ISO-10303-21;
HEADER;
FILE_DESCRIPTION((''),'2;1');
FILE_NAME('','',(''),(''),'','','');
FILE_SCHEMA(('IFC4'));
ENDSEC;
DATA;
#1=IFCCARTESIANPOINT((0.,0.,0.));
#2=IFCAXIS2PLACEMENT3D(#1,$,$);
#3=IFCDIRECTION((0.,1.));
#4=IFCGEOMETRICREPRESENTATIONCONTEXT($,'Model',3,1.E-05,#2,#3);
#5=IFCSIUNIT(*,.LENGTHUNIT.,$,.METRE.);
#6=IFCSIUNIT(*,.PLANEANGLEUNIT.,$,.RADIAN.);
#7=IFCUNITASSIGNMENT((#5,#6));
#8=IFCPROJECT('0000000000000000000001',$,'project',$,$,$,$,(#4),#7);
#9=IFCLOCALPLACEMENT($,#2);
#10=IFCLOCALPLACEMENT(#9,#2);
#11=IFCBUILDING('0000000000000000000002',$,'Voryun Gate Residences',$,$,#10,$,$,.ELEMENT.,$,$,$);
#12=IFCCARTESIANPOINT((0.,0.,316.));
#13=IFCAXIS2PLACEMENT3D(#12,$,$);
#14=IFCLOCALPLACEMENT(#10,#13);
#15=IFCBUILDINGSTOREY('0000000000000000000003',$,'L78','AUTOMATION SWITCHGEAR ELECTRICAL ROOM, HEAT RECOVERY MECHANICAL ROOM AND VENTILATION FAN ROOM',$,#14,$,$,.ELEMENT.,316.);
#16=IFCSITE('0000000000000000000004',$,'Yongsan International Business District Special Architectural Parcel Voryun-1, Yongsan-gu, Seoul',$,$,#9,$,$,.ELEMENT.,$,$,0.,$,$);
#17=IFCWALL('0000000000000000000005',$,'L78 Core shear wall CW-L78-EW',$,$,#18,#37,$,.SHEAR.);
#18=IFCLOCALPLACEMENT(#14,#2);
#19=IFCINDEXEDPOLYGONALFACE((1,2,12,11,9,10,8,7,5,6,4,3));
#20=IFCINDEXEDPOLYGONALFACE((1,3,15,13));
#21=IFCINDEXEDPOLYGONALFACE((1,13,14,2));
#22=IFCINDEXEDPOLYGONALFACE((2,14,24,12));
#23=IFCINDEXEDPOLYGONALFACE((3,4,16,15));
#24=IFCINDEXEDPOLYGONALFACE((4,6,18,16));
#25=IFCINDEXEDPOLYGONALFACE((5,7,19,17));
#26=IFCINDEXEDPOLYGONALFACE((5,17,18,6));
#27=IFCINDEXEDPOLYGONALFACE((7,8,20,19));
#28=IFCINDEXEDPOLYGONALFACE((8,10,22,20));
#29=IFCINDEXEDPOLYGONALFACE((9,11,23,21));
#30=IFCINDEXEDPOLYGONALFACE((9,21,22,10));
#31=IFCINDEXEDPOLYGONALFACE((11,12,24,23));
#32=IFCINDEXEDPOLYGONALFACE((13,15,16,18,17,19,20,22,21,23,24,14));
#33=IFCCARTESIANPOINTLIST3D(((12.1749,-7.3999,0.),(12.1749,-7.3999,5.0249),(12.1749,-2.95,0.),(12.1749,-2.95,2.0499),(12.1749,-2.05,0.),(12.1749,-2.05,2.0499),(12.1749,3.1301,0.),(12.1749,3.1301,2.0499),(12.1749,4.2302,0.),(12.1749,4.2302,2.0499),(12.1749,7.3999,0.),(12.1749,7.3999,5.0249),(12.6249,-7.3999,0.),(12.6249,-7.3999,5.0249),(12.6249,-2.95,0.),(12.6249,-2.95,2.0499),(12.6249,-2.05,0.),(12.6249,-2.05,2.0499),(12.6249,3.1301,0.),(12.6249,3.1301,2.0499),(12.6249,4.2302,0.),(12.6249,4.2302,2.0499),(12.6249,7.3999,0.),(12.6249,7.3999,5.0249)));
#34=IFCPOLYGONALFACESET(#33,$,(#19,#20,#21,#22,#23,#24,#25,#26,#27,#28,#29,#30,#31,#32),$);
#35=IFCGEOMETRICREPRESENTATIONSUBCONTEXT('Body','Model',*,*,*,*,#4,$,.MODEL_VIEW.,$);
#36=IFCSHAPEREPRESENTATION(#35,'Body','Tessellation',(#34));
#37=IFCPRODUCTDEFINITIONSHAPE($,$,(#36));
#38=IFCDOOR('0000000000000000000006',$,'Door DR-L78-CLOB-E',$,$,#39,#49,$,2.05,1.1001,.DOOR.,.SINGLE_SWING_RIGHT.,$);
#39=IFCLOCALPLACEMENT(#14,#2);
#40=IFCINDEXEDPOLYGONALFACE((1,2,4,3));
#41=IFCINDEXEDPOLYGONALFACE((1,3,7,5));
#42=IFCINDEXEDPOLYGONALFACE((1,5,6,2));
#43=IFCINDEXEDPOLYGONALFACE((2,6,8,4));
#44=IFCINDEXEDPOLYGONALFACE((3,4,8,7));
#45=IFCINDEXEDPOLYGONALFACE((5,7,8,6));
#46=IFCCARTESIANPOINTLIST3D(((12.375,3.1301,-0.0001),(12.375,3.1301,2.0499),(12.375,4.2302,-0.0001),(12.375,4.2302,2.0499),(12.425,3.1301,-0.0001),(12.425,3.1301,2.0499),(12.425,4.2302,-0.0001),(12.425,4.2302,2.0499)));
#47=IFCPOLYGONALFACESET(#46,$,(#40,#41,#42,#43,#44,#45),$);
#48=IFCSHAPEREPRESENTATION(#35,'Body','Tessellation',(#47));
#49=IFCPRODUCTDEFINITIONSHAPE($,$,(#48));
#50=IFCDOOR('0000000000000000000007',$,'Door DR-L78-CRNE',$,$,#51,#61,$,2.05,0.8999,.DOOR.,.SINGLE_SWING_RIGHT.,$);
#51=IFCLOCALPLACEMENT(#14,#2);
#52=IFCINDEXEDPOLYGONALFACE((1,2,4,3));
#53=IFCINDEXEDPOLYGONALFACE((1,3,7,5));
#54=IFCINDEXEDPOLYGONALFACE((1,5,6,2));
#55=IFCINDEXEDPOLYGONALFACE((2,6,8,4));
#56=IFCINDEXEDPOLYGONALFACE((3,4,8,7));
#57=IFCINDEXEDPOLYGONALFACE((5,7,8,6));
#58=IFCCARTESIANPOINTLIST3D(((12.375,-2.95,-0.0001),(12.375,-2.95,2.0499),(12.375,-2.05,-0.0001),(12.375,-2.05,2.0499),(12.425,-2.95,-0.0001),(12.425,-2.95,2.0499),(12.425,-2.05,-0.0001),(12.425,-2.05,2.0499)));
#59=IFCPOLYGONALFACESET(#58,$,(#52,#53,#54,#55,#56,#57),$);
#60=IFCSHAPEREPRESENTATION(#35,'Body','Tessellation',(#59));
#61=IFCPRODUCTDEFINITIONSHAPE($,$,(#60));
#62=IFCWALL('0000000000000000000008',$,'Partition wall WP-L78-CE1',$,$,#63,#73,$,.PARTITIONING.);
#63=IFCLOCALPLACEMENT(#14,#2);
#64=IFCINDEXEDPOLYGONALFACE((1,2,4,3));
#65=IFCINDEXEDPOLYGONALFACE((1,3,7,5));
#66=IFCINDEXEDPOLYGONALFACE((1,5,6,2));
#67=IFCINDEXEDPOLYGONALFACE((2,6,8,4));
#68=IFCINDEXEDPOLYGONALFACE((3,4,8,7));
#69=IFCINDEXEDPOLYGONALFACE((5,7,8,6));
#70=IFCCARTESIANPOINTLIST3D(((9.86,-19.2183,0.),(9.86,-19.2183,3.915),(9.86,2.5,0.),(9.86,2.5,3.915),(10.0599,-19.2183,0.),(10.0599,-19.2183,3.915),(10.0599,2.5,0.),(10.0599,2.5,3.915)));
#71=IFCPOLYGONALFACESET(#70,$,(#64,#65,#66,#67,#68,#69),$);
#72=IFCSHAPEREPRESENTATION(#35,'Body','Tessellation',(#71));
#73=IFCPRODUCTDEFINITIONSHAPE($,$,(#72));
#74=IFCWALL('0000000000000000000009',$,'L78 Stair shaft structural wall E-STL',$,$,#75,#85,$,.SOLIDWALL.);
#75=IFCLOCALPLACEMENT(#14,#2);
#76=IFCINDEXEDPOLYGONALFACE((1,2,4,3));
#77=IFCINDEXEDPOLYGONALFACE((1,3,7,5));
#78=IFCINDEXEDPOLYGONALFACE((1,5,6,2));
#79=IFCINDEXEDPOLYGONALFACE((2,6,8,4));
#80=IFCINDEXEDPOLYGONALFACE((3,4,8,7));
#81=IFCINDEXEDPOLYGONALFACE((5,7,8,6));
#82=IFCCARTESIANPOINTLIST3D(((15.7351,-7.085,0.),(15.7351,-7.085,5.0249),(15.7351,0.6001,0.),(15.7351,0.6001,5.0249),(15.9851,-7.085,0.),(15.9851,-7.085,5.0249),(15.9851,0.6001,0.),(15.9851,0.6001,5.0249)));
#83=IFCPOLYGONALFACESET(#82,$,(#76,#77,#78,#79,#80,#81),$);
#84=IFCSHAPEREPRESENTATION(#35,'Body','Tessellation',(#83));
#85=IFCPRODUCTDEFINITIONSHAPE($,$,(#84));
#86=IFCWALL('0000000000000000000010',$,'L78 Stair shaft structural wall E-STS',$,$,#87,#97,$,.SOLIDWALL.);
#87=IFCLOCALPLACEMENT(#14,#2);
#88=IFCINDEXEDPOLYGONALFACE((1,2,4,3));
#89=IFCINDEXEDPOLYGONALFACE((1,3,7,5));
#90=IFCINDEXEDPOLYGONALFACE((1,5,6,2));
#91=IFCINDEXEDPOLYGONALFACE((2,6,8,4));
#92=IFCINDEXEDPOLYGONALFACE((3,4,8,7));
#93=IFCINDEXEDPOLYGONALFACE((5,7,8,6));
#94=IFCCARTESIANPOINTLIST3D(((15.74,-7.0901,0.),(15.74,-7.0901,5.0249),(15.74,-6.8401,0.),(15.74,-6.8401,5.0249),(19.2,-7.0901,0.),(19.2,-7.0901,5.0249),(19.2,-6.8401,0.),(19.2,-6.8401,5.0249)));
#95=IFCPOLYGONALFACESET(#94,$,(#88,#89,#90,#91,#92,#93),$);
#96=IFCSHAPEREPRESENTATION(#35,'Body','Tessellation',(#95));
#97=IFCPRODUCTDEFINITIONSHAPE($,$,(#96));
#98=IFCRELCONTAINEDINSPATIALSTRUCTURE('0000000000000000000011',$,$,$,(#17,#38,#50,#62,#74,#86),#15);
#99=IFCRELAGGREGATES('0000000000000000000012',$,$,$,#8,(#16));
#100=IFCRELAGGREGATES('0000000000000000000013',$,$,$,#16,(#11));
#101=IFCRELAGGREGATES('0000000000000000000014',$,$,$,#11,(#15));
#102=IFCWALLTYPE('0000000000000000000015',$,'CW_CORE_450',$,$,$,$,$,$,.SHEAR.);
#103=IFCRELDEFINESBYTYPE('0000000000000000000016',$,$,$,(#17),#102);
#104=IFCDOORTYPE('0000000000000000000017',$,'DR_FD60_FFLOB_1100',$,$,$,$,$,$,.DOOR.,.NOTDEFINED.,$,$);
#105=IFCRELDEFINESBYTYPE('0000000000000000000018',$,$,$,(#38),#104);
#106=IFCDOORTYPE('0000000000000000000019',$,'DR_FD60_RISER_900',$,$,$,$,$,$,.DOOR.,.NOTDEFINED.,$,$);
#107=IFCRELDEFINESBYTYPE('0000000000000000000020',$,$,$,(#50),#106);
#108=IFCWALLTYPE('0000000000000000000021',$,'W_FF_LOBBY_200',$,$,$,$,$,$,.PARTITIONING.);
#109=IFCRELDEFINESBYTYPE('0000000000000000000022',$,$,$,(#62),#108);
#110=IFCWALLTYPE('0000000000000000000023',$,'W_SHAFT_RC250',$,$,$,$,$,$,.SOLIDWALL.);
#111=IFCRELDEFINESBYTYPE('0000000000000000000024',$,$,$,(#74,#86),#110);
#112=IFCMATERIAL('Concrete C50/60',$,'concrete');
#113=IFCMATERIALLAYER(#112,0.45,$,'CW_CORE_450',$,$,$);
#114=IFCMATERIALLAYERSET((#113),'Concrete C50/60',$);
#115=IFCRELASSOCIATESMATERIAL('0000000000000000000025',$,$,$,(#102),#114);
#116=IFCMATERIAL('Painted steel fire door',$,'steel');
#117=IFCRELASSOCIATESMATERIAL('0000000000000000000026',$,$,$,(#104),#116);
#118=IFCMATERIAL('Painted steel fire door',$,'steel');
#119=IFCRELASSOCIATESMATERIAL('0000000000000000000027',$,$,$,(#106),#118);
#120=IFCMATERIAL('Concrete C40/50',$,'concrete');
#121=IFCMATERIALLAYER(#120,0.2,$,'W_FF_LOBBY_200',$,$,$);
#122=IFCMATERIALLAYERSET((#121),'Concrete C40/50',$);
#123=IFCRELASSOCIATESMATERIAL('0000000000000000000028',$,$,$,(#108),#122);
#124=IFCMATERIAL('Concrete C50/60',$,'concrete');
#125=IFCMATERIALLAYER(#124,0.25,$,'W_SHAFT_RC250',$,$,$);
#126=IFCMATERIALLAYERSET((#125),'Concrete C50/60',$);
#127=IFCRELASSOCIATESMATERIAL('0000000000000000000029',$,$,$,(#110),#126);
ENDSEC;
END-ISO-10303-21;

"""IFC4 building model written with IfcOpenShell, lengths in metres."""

from ifc_helpers import new_model, si_unit, direction, frame, frame_2d, origin, place, context, subcontext, project, spatial, rectangle, extrude, material, layer, layer_set, type_object, element, fill, save


model = new_model("IFC4")

# Units and contexts
model_context = context("Model", 3, precision=1e-05, world=origin(), true_north=direction((0.0, 1.0)))
body_context = subcontext(model_context, "Body", "Model", "MODEL_VIEW")
ifc_project = project(units=[si_unit("LENGTHUNIT", "METRE"), si_unit("PLANEANGLEUNIT", "RADIAN")], contexts=[model_context])

# Site, building, storey
site_placement = place(None, origin())
site = spatial("IfcSite", under=ifc_project, at=site_placement, Name="Yongsan International Business District Special Architectural Parcel Voryun-1, Yongsan-gu, Seoul", CompositionType="ELEMENT", RefElevation=0.0)
building_placement = place(site_placement, origin())
building = spatial("IfcBuilding", under=site, at=building_placement, Name="Voryun Gate Residences", CompositionType="ELEMENT")
storey_placement = place(building_placement, frame((0.0, 0.0, 316.0)))
storey = spatial("IfcBuildingStorey", under=building, at=storey_placement, Name="L78", Description="AUTOMATION SWITCHGEAR ELECTRICAL ROOM, HEAT RECOVERY MECHANICAL ROOM AND VENTILATION FAN ROOM", CompositionType="ELEMENT", Elevation=316.0)

# Shared definitions
ifc_material_1 = material(Name="Concrete C50/60", Category="concrete")
ifc_layer_1 = layer(ifc_material_1, 0.45, Name="CW_CORE_450")
ifc_layer_set_1 = layer_set([ifc_layer_1], Name="Concrete C50/60")
wall_type_1 = type_object("IfcWallType", Name="CW_CORE_450", PredefinedType="SHEAR", material=ifc_layer_set_1)

# Wall, openings, doors
wall_1_placement = place(storey_placement, frame((12.3999, -7.3999, 0.0), z_axis=(0.0, 0.0, 1.0), x_axis=(0.0, 1.0, 0.0)))
wall_1 = element("IfcWall", 1, at=wall_1_placement, inside=storey, type_object=wall_type_1, Name="L78 Core shear wall CW-L78-EW", PredefinedType="SHEAR", context=body_context, shape_type="SweptSolid", body=[
    extrude(rectangle(XDim=14.7998, YDim=0.45, at=frame_2d((7.3999, 0.0))), origin(), (0.0, 0.0, 1.0), 5.0249),
])
opening_1_placement = place(wall_1_placement, frame((10.53, 0.0, 0.0)))
opening_1 = element("IfcOpeningElement", 2, at=opening_1_placement, cuts=wall_1, PredefinedType="OPENING", context=body_context, shape_type="SweptSolid", body=[
    extrude(rectangle(XDim=1.1001, YDim=2.05, at=frame_2d((0.55, 1.0249))), frame((0.0, 0.2351, 0.0), z_axis=(0.0, -1.0, 0.0), x_axis=(1.0, 0.0, 0.0)), (0.0, 0.0, 1.0), 0.47),
])
opening_2_placement = place(wall_1_placement, frame((4.45, 0.0, 0.0)))
opening_2 = element("IfcOpeningElement", 3, at=opening_2_placement, cuts=wall_1, PredefinedType="OPENING", context=body_context, shape_type="SweptSolid", body=[
    extrude(rectangle(XDim=0.8999, YDim=2.05, at=frame_2d((0.45, 1.0249))), frame((0.0, 0.2351, 0.0), z_axis=(0.0, -1.0, 0.0), x_axis=(1.0, 0.0, 0.0)), (0.0, 0.0, 1.0), 0.47),
])
ifc_material_2 = material(Name="Painted steel fire door", Category="steel")
door_type_1 = type_object("IfcDoorType", Name="DR_FD60_FFLOB_1100", OperationType="NOTDEFINED", PredefinedType="DOOR", material=ifc_material_2)
door_1_placement = place(opening_1_placement, origin())
door_1 = element("IfcDoor", 4, at=door_1_placement, inside=storey, type_object=door_type_1, Name="Door DR-L78-CLOB-E", OperationType="SINGLE_SWING_RIGHT", OverallHeight=2.05, OverallWidth=1.1001, PredefinedType="DOOR", context=body_context, shape_type="SweptSolid", body=[
    extrude(rectangle(XDim=1.1001, YDim=2.05, at=frame_2d((0.55, 1.0249))), frame((0.0, 0.0249, 0.0), z_axis=(0.0, -1.0, 0.0), x_axis=(1.0, 0.0, 0.0)), (0.0, 0.0, 1.0), 0.05),
])
fill(opening_1, door_1)
ifc_material_3 = material(Name="Painted steel fire door", Category="steel")
door_type_2 = type_object("IfcDoorType", Name="DR_FD60_RISER_900", OperationType="NOTDEFINED", PredefinedType="DOOR", material=ifc_material_3)
door_2_placement = place(opening_2_placement, origin())
door_2 = element("IfcDoor", 5, at=door_2_placement, inside=storey, type_object=door_type_2, Name="Door DR-L78-CRNE", OperationType="SINGLE_SWING_RIGHT", OverallHeight=2.05, OverallWidth=0.8999, PredefinedType="DOOR", context=body_context, shape_type="SweptSolid", body=[
    extrude(rectangle(XDim=0.8999, YDim=2.05, at=frame_2d((0.45, 1.0249))), frame((0.0, 0.0249, 0.0), z_axis=(0.0, -1.0, 0.0), x_axis=(1.0, 0.0, 0.0)), (0.0, 0.0, 1.0), 0.05),
])
fill(opening_2, door_2)

# Walls
ifc_material_4 = material(Name="Concrete C40/50", Category="concrete")
ifc_layer_2 = layer(ifc_material_4, 0.2, Name="W_FF_LOBBY_200")
ifc_layer_set_2 = layer_set([ifc_layer_2], Name="Concrete C40/50")
wall_type_2 = type_object("IfcWallType", Name="W_FF_LOBBY_200", PredefinedType="PARTITIONING", material=ifc_layer_set_2)
wall_2_placement = place(storey_placement, frame((9.96, -19.2183, 0.0), z_axis=(0.0, 0.0, 1.0), x_axis=(0.0, 1.0, 0.0)))
element("IfcWall", 6, at=wall_2_placement, inside=storey, type_object=wall_type_2, Name="Partition wall WP-L78-CE1", PredefinedType="PARTITIONING", context=body_context, shape_type="SweptSolid", body=[
    extrude(rectangle(XDim=21.7183, YDim=0.2, at=frame_2d((10.8591, 0.0))), origin(), (0.0, 0.0, 1.0), 3.915),
])
ifc_material_5 = material(Name="Concrete C50/60", Category="concrete")
ifc_layer_3 = layer(ifc_material_5, 0.25, Name="W_SHAFT_RC250")
ifc_layer_set_3 = layer_set([ifc_layer_3], Name="Concrete C50/60")
wall_type_3 = type_object("IfcWallType", Name="W_SHAFT_RC250", PredefinedType="SOLIDWALL", material=ifc_layer_set_3)
wall_3_placement = place(storey_placement, frame((15.8601, -7.085, 0.0), z_axis=(0.0, 0.0, 1.0), x_axis=(0.0, 1.0, 0.0)))
element("IfcWall", 7, at=wall_3_placement, inside=storey, type_object=wall_type_3, Name="L78 Stair shaft structural wall E-STL", PredefinedType="SOLIDWALL", context=body_context, shape_type="SweptSolid", body=[
    extrude(rectangle(XDim=7.6851, YDim=0.25, at=frame_2d((3.8425, 0.0))), origin(), (0.0, 0.0, 1.0), 5.0249),
])
wall_4_placement = place(storey_placement, frame((15.74, -6.9651, 0.0), z_axis=(0.0, 0.0, 1.0), x_axis=(1.0, 0.0, 0.0)))
element("IfcWall", 8, at=wall_4_placement, inside=storey, type_object=wall_type_3, Name="L78 Stair shaft structural wall E-STS", PredefinedType="SOLIDWALL", context=body_context, shape_type="SweptSolid", body=[
    extrude(rectangle(XDim=3.46, YDim=0.25, at=frame_2d((1.73, 0.0))), origin(), (0.0, 0.0, 1.0), 5.0249),
])

save(model, "model.ifc")
